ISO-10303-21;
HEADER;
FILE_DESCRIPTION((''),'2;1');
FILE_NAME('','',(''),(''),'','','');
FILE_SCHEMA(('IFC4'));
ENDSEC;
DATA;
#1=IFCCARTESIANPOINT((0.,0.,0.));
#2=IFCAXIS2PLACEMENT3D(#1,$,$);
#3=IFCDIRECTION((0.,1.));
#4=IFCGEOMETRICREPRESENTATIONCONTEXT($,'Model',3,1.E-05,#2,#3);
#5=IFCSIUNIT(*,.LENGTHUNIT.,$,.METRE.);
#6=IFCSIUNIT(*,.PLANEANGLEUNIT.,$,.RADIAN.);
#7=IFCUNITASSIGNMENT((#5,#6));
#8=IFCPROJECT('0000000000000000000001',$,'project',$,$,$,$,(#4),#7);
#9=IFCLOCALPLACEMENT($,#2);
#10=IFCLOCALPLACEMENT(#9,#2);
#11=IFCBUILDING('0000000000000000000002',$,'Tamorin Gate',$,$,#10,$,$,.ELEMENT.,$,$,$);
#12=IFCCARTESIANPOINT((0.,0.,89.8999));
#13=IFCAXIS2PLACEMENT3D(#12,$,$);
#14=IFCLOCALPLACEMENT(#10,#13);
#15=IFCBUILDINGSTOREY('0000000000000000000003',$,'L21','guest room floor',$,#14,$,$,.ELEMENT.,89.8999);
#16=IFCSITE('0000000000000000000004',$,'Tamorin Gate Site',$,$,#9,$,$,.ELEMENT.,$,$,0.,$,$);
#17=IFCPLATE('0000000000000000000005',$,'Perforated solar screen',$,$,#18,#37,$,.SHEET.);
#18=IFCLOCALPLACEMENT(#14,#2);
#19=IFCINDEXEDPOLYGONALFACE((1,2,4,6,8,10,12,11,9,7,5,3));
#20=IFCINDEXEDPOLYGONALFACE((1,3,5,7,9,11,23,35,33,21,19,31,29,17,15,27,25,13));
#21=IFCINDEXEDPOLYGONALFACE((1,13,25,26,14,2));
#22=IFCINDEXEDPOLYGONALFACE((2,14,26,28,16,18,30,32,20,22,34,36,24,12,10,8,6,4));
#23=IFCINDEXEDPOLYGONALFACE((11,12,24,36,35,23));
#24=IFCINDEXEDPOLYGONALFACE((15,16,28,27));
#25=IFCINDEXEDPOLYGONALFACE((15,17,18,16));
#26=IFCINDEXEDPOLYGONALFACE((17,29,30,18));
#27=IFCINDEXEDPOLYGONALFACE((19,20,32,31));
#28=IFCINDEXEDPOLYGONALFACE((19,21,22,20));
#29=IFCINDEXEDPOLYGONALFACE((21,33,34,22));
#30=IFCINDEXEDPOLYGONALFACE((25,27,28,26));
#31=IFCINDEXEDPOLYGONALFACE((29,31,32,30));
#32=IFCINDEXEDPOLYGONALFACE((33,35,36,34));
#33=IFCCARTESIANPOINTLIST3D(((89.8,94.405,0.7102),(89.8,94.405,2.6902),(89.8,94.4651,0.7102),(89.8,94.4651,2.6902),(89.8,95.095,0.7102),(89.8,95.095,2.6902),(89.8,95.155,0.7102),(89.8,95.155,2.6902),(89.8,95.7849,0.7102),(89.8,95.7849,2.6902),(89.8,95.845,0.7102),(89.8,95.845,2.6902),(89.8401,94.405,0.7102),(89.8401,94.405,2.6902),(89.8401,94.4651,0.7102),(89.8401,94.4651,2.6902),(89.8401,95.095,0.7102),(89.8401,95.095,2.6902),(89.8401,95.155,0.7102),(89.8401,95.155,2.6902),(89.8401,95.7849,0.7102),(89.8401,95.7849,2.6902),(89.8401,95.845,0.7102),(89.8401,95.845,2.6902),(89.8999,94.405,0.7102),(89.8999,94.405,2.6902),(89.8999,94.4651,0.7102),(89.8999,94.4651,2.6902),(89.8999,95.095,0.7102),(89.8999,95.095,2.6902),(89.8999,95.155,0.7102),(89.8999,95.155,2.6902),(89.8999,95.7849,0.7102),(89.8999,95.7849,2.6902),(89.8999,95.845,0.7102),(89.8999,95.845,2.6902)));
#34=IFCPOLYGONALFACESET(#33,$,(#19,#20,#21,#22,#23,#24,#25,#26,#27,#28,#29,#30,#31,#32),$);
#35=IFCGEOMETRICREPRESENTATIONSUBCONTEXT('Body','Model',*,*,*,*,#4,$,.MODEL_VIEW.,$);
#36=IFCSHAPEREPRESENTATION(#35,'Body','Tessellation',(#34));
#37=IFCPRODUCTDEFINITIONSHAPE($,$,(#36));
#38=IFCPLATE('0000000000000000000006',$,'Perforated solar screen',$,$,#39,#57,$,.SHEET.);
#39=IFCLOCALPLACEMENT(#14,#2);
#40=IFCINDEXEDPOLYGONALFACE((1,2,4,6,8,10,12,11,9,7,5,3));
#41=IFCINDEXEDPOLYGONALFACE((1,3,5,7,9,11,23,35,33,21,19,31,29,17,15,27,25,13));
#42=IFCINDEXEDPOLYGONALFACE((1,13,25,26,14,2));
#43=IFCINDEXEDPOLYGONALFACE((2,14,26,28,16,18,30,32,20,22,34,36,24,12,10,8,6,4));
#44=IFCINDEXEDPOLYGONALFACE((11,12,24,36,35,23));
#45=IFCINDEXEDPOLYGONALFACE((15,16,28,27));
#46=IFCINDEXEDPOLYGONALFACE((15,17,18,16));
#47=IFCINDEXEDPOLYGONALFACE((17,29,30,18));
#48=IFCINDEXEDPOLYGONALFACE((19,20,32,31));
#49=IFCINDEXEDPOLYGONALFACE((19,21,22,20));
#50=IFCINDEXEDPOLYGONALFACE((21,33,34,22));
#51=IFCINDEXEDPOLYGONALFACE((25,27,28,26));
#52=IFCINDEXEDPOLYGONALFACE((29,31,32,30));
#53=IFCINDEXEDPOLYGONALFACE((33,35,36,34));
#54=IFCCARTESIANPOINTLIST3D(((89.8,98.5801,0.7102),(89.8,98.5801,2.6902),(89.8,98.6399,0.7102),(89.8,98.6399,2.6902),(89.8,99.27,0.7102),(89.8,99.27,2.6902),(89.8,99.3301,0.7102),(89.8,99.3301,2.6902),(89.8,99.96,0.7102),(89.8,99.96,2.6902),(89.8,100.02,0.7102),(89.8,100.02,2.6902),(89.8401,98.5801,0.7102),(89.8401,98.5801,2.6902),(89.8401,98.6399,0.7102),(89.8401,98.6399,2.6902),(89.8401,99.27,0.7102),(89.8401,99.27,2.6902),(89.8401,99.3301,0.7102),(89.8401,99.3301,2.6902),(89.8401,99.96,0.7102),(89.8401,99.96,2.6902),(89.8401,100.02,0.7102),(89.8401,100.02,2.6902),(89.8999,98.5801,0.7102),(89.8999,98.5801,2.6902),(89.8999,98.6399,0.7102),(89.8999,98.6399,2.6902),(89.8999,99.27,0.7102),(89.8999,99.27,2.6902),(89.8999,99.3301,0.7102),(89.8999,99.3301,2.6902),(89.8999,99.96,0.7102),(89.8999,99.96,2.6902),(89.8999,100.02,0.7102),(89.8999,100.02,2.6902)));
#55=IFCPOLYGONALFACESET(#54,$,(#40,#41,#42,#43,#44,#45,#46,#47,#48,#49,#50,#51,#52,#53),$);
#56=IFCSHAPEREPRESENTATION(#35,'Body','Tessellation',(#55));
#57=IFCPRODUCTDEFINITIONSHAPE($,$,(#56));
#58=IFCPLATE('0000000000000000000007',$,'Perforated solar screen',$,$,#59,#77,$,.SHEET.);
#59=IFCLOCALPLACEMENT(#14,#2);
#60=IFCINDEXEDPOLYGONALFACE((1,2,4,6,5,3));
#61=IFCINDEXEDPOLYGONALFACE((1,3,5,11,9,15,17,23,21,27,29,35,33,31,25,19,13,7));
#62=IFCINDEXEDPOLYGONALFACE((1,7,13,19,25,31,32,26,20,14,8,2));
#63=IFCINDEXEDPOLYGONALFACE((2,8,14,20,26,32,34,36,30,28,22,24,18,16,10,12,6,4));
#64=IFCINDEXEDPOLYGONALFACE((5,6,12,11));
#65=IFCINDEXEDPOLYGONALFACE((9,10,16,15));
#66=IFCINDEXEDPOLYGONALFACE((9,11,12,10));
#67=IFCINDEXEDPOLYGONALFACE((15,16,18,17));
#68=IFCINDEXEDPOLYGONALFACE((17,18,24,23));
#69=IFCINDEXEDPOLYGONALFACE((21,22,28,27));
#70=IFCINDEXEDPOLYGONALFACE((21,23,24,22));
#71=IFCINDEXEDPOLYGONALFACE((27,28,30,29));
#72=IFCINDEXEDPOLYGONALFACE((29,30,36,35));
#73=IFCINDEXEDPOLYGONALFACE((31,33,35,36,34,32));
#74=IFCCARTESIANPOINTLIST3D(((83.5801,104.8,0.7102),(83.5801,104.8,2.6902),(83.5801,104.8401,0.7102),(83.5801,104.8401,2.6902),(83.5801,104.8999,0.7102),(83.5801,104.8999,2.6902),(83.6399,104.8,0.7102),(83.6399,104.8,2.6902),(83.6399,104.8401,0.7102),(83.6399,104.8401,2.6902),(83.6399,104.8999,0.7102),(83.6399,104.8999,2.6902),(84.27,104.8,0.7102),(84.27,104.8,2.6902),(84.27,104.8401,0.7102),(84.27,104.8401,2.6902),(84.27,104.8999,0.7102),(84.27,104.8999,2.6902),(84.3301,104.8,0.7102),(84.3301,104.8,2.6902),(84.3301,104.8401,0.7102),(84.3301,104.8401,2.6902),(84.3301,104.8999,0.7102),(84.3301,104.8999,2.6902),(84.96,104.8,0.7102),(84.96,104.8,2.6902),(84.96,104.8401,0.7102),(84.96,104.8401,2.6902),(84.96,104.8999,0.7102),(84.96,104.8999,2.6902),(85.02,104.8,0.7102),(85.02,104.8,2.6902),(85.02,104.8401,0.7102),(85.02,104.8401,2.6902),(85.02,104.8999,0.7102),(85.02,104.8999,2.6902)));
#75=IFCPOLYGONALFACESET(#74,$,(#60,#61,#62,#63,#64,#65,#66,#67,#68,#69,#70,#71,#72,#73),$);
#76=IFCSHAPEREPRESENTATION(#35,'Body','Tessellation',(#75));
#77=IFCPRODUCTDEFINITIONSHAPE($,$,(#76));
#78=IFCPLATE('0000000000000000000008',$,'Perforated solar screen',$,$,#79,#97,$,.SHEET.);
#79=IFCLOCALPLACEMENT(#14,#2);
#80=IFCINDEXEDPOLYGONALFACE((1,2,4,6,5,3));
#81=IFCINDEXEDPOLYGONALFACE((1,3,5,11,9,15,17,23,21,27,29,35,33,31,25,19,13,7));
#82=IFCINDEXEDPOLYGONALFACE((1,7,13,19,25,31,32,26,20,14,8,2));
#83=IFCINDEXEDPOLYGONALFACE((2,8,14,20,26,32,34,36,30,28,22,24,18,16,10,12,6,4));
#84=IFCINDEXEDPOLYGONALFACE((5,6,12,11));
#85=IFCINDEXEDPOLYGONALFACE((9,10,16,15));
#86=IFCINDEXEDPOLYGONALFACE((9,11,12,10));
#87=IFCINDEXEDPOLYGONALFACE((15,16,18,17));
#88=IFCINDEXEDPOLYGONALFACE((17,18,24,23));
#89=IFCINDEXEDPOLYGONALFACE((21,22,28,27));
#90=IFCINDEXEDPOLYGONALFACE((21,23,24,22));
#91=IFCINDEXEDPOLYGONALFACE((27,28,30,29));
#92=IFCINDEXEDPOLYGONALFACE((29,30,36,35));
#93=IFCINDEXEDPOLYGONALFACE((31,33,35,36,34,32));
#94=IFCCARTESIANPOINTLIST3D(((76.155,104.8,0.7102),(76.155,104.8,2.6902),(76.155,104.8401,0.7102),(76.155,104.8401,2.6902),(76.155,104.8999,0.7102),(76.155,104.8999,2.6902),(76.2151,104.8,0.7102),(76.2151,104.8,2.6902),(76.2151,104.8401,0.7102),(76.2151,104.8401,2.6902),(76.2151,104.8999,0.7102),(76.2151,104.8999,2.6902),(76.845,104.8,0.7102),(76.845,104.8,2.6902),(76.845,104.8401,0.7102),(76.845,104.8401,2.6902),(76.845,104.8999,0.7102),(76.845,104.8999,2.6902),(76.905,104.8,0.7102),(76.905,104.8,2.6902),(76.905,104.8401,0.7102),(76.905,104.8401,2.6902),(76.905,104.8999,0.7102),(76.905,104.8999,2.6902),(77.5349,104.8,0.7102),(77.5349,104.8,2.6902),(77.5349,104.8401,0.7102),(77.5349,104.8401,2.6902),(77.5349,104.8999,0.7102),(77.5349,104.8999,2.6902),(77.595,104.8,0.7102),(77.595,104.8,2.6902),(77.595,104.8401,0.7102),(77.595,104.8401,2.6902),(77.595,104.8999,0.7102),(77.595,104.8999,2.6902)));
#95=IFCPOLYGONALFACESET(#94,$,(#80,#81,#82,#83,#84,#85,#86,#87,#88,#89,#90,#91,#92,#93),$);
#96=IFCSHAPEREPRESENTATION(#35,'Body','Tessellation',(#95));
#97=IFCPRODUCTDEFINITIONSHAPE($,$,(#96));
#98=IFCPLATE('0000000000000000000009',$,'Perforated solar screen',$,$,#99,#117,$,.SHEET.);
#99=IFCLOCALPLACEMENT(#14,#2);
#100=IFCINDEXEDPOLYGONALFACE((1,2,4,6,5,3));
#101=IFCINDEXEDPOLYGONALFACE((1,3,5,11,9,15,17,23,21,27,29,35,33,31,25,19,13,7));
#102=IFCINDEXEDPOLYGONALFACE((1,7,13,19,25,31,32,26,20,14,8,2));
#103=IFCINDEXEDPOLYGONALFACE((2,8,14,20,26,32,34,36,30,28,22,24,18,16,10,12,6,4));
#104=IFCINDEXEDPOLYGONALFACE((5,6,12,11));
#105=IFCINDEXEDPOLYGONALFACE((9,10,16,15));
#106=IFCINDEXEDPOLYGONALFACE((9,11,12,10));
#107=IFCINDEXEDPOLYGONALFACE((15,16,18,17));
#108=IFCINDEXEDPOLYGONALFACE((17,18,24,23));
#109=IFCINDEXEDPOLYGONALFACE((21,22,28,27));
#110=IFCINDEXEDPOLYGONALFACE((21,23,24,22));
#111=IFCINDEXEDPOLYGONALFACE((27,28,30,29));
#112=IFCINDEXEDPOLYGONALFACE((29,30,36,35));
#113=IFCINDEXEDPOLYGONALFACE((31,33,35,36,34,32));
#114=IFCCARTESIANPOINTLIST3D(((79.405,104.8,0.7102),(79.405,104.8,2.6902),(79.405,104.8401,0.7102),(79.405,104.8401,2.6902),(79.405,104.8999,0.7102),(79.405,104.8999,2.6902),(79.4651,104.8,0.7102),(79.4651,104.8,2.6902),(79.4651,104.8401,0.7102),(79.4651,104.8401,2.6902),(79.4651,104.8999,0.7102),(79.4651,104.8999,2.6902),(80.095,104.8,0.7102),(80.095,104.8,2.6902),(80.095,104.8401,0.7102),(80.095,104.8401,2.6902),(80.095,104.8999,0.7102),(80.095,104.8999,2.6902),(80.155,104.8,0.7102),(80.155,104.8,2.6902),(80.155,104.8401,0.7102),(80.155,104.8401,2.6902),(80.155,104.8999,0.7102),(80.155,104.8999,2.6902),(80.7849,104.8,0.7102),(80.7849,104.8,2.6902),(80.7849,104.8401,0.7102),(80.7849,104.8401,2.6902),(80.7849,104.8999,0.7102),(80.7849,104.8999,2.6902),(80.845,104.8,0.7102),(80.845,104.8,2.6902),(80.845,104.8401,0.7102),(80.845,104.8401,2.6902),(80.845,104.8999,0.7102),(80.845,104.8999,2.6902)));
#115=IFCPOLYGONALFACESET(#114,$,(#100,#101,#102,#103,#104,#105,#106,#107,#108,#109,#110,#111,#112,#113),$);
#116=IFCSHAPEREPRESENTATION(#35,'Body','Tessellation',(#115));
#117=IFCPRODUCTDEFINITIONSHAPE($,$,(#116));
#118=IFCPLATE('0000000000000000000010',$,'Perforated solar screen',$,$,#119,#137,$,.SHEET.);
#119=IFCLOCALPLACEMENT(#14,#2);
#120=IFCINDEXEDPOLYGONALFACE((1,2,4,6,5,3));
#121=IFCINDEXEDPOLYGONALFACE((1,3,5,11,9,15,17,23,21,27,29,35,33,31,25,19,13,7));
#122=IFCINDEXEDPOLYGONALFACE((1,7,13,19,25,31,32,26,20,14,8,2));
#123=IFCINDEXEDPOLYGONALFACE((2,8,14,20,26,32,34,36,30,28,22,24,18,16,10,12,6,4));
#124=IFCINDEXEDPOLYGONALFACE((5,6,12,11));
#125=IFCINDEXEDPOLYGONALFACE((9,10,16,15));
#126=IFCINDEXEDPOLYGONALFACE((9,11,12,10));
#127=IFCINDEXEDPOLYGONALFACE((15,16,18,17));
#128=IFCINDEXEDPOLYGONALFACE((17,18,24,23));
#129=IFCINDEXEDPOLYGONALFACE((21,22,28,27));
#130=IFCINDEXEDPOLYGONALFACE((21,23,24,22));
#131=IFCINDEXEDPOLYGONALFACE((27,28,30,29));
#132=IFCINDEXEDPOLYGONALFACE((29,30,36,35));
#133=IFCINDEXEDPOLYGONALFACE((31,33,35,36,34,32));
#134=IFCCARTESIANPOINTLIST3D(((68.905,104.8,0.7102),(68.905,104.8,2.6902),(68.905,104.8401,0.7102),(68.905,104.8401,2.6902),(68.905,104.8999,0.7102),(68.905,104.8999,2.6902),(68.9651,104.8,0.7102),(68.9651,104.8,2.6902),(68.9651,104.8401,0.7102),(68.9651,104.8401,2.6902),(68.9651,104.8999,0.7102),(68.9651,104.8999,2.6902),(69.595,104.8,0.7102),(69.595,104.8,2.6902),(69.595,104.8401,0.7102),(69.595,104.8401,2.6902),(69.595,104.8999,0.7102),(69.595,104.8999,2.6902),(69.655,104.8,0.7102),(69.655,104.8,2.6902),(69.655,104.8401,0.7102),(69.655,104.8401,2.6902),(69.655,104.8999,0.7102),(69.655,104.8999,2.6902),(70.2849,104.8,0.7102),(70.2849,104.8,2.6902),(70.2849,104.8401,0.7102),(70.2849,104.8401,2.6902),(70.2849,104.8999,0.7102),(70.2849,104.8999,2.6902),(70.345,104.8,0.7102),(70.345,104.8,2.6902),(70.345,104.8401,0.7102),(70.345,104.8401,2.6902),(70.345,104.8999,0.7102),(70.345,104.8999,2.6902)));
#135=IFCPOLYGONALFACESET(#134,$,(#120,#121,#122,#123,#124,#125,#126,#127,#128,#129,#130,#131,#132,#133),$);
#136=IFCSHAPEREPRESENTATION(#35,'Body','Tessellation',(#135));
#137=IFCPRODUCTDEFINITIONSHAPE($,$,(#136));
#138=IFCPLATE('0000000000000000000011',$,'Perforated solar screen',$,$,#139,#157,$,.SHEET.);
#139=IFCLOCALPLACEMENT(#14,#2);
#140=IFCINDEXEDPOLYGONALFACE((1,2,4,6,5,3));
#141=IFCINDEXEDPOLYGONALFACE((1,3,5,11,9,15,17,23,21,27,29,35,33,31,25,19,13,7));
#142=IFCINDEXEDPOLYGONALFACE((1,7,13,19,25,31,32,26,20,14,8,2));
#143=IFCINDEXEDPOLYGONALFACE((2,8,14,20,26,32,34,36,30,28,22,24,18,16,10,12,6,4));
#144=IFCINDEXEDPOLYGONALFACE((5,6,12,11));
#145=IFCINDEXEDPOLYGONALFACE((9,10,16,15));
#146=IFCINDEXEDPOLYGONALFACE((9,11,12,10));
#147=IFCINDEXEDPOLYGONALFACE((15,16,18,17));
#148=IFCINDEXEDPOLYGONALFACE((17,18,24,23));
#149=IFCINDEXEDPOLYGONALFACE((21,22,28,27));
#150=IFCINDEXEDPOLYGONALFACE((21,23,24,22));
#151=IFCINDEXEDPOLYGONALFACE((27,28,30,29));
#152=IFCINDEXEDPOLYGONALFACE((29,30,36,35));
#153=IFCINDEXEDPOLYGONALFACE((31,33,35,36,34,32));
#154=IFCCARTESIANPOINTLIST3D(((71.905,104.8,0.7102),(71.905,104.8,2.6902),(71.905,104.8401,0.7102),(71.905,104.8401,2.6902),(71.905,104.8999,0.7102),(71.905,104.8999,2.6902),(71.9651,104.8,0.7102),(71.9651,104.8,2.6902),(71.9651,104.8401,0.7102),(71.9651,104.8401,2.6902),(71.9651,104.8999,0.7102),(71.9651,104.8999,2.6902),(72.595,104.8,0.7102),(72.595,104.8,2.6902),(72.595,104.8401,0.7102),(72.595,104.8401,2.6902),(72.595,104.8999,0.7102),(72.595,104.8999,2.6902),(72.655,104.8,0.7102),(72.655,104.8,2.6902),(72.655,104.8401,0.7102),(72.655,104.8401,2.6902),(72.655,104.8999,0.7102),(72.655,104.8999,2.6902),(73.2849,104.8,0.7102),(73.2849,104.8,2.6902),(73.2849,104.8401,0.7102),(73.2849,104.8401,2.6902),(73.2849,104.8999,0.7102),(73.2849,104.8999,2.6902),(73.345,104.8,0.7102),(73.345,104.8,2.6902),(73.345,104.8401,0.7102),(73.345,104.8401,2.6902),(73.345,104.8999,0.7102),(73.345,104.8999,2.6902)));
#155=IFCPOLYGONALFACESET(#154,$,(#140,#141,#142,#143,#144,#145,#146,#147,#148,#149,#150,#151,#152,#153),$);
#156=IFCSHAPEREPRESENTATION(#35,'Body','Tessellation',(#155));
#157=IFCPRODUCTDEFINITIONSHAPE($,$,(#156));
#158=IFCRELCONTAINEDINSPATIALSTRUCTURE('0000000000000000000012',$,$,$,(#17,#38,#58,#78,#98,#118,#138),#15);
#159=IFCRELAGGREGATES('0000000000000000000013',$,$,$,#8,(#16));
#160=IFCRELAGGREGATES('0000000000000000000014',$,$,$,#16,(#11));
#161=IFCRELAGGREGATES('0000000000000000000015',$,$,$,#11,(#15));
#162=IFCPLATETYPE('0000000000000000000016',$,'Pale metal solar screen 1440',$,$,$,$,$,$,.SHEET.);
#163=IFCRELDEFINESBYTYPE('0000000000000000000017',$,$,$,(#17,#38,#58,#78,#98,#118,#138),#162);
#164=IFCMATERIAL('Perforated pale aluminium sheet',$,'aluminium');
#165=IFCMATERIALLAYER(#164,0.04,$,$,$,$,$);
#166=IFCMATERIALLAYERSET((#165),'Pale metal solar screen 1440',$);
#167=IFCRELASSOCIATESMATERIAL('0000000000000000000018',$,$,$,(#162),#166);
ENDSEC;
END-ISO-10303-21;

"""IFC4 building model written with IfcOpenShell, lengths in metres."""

from ifc_helpers import new_model, si_unit, direction, frame, origin, place, context, subcontext, project, spatial, polyline, outline, extrude, material, layer, layer_set, type_object, element, save


model = new_model("IFC4")

# Units and contexts
model_context = context("Model", 3, precision=1e-05, world=origin(), true_north=direction((0.0, 1.0)))
body_context = subcontext(model_context, "Body", "Model", "MODEL_VIEW")
ifc_project = project(units=[si_unit("LENGTHUNIT", "METRE"), si_unit("PLANEANGLEUNIT", "RADIAN")], contexts=[model_context])

# Site, building, storey
site_placement = place(None, origin())
site = spatial("IfcSite", under=ifc_project, at=site_placement, Name="Tamorin Gate Site", CompositionType="ELEMENT", RefElevation=0.0)
building_placement = place(site_placement, origin())
building = spatial("IfcBuilding", under=site, at=building_placement, Name="Tamorin Gate", CompositionType="ELEMENT")
storey_placement = place(building_placement, frame((0.0, 0.0, 89.8999)))
storey = spatial("IfcBuildingStorey", under=building, at=storey_placement, Name="L21", Description="guest room floor", CompositionType="ELEMENT", Elevation=89.8999)

# Plates
ifc_material = material(Name="Perforated pale aluminium sheet", Category="aluminium")
ifc_layer = layer(ifc_material, 0.04)
ifc_layer_set = layer_set([ifc_layer], Name="Pale metal solar screen 1440")
plate_type = type_object("IfcPlateType", Name="Pale metal solar screen 1440", PredefinedType="SHEET", material=ifc_layer_set)
plate_1_placement = place(storey_placement, frame((0.0, 0.0, 0.7102)))
element("IfcPlate", 1, at=plate_1_placement, inside=storey, type_object=plate_type, Name="Perforated solar screen", PredefinedType="SHEET", context=body_context, shape_type="SweptSolid", body=[
    extrude(outline(polyline([(89.8401, 94.405), (89.8, 94.405), (89.8, 94.4651), (89.8, 95.095), (89.8, 95.155), (89.8, 95.7849), (89.8, 95.845), (89.8401, 95.845), (89.8999, 95.845), (89.8999, 95.7849), (89.8401, 95.7849), (89.8401, 95.155), (89.8999, 95.155), (89.8999, 95.095), (89.8401, 95.095), (89.8401, 94.4651), (89.8999, 94.4651), (89.8999, 94.405), (89.8401, 94.405)])), origin(), (0.0, 0.0, 1.0), 1.98),
])
plate_2_placement = place(storey_placement, frame((0.0, 0.0, 0.7102)))
element("IfcPlate", 2, at=plate_2_placement, inside=storey, type_object=plate_type, Name="Perforated solar screen", PredefinedType="SHEET", context=body_context, shape_type="SweptSolid", body=[
    extrude(outline(polyline([(89.8401, 98.5801), (89.8, 98.5801), (89.8, 98.6399), (89.8, 99.27), (89.8, 99.3301), (89.8, 99.96), (89.8, 100.02), (89.8401, 100.02), (89.8999, 100.02), (89.8999, 99.96), (89.8401, 99.96), (89.8401, 99.3301), (89.8999, 99.3301), (89.8999, 99.27), (89.8401, 99.27), (89.8401, 98.6399), (89.8999, 98.6399), (89.8999, 98.5801), (89.8401, 98.5801)])), origin(), (0.0, 0.0, 1.0), 1.98),
])
plate_3_placement = place(storey_placement, frame((0.0, 0.0, 0.7102)))
element("IfcPlate", 3, at=plate_3_placement, inside=storey, type_object=plate_type, Name="Perforated solar screen", PredefinedType="SHEET", context=body_context, shape_type="SweptSolid", body=[
    extrude(outline(polyline([(85.02, 104.8401), (85.02, 104.8), (84.96, 104.8), (84.3301, 104.8), (84.27, 104.8), (83.6399, 104.8), (83.5801, 104.8), (83.5801, 104.8401), (83.5801, 104.8999), (83.6399, 104.8999), (83.6399, 104.8401), (84.27, 104.8401), (84.27, 104.8999), (84.3301, 104.8999), (84.3301, 104.8401), (84.96, 104.8401), (84.96, 104.8999), (85.02, 104.8999), (85.02, 104.8401)])), origin(), (0.0, 0.0, 1.0), 1.98),
])
plate_4_placement = place(storey_placement, frame((0.0, 0.0, 0.7102)))
element("IfcPlate", 4, at=plate_4_placement, inside=storey, type_object=plate_type, Name="Perforated solar screen", PredefinedType="SHEET", context=body_context, shape_type="SweptSolid", body=[
    extrude(outline(polyline([(77.595, 104.8401), (77.595, 104.8), (77.5349, 104.8), (76.905, 104.8), (76.845, 104.8), (76.2151, 104.8), (76.155, 104.8), (76.155, 104.8401), (76.155, 104.8999), (76.2151, 104.8999), (76.2151, 104.8401), (76.845, 104.8401), (76.845, 104.8999), (76.905, 104.8999), (76.905, 104.8401), (77.5349, 104.8401), (77.5349, 104.8999), (77.595, 104.8999), (77.595, 104.8401)])), origin(), (0.0, 0.0, 1.0), 1.98),
])
plate_5_placement = place(storey_placement, frame((0.0, 0.0, 0.7102)))
element("IfcPlate", 5, at=plate_5_placement, inside=storey, type_object=plate_type, Name="Perforated solar screen", PredefinedType="SHEET", context=body_context, shape_type="SweptSolid", body=[
    extrude(outline(polyline([(80.845, 104.8401), (80.845, 104.8), (80.7849, 104.8), (80.155, 104.8), (80.095, 104.8), (79.4651, 104.8), (79.405, 104.8), (79.405, 104.8), (79.405, 104.8401), (79.405, 104.8401), (79.405, 104.8999), (79.4651, 104.8999), (79.4651, 104.8401), (80.095, 104.8401), (80.095, 104.8999), (80.155, 104.8999), (80.155, 104.8401), (80.7849, 104.8401), (80.7849, 104.8999), (80.845, 104.8999), (80.845, 104.8401)])), origin(), (0.0, 0.0, 1.0), 1.98),
])
plate_6_placement = place(storey_placement, frame((0.0, 0.0, 0.7102)))
element("IfcPlate", 6, at=plate_6_placement, inside=storey, type_object=plate_type, Name="Perforated solar screen", PredefinedType="SHEET", context=body_context, shape_type="SweptSolid", body=[
    extrude(outline(polyline([(70.345, 104.8401), (70.345, 104.8), (70.2849, 104.8), (69.655, 104.8), (69.595, 104.8), (68.9651, 104.8), (68.905, 104.8), (68.905, 104.8401), (68.905, 104.8999), (68.9651, 104.8999), (68.9651, 104.8401), (69.595, 104.8401), (69.595, 104.8999), (69.655, 104.8999), (69.655, 104.8401), (70.2849, 104.8401), (70.2849, 104.8999), (70.345, 104.8999), (70.345, 104.8401)])), origin(), (0.0, 0.0, 1.0), 1.98),
])
plate_7_placement = place(storey_placement, frame((0.0, 0.0, 0.7102)))
element("IfcPlate", 7, at=plate_7_placement, inside=storey, type_object=plate_type, Name="Perforated solar screen", PredefinedType="SHEET", context=body_context, shape_type="SweptSolid", body=[
    extrude(outline(polyline([(73.345, 104.8401), (73.345, 104.8), (73.2849, 104.8), (72.655, 104.8), (72.595, 104.8), (71.9651, 104.8), (71.905, 104.8), (71.905, 104.8401), (71.905, 104.8999), (71.9651, 104.8999), (71.9651, 104.8401), (72.595, 104.8401), (72.595, 104.8999), (72.655, 104.8999), (72.655, 104.8401), (73.2849, 104.8401), (73.2849, 104.8999), (73.345, 104.8999), (73.345, 104.8401)])), origin(), (0.0, 0.0, 1.0), 1.98),
])

save(model, "model.ifc")
